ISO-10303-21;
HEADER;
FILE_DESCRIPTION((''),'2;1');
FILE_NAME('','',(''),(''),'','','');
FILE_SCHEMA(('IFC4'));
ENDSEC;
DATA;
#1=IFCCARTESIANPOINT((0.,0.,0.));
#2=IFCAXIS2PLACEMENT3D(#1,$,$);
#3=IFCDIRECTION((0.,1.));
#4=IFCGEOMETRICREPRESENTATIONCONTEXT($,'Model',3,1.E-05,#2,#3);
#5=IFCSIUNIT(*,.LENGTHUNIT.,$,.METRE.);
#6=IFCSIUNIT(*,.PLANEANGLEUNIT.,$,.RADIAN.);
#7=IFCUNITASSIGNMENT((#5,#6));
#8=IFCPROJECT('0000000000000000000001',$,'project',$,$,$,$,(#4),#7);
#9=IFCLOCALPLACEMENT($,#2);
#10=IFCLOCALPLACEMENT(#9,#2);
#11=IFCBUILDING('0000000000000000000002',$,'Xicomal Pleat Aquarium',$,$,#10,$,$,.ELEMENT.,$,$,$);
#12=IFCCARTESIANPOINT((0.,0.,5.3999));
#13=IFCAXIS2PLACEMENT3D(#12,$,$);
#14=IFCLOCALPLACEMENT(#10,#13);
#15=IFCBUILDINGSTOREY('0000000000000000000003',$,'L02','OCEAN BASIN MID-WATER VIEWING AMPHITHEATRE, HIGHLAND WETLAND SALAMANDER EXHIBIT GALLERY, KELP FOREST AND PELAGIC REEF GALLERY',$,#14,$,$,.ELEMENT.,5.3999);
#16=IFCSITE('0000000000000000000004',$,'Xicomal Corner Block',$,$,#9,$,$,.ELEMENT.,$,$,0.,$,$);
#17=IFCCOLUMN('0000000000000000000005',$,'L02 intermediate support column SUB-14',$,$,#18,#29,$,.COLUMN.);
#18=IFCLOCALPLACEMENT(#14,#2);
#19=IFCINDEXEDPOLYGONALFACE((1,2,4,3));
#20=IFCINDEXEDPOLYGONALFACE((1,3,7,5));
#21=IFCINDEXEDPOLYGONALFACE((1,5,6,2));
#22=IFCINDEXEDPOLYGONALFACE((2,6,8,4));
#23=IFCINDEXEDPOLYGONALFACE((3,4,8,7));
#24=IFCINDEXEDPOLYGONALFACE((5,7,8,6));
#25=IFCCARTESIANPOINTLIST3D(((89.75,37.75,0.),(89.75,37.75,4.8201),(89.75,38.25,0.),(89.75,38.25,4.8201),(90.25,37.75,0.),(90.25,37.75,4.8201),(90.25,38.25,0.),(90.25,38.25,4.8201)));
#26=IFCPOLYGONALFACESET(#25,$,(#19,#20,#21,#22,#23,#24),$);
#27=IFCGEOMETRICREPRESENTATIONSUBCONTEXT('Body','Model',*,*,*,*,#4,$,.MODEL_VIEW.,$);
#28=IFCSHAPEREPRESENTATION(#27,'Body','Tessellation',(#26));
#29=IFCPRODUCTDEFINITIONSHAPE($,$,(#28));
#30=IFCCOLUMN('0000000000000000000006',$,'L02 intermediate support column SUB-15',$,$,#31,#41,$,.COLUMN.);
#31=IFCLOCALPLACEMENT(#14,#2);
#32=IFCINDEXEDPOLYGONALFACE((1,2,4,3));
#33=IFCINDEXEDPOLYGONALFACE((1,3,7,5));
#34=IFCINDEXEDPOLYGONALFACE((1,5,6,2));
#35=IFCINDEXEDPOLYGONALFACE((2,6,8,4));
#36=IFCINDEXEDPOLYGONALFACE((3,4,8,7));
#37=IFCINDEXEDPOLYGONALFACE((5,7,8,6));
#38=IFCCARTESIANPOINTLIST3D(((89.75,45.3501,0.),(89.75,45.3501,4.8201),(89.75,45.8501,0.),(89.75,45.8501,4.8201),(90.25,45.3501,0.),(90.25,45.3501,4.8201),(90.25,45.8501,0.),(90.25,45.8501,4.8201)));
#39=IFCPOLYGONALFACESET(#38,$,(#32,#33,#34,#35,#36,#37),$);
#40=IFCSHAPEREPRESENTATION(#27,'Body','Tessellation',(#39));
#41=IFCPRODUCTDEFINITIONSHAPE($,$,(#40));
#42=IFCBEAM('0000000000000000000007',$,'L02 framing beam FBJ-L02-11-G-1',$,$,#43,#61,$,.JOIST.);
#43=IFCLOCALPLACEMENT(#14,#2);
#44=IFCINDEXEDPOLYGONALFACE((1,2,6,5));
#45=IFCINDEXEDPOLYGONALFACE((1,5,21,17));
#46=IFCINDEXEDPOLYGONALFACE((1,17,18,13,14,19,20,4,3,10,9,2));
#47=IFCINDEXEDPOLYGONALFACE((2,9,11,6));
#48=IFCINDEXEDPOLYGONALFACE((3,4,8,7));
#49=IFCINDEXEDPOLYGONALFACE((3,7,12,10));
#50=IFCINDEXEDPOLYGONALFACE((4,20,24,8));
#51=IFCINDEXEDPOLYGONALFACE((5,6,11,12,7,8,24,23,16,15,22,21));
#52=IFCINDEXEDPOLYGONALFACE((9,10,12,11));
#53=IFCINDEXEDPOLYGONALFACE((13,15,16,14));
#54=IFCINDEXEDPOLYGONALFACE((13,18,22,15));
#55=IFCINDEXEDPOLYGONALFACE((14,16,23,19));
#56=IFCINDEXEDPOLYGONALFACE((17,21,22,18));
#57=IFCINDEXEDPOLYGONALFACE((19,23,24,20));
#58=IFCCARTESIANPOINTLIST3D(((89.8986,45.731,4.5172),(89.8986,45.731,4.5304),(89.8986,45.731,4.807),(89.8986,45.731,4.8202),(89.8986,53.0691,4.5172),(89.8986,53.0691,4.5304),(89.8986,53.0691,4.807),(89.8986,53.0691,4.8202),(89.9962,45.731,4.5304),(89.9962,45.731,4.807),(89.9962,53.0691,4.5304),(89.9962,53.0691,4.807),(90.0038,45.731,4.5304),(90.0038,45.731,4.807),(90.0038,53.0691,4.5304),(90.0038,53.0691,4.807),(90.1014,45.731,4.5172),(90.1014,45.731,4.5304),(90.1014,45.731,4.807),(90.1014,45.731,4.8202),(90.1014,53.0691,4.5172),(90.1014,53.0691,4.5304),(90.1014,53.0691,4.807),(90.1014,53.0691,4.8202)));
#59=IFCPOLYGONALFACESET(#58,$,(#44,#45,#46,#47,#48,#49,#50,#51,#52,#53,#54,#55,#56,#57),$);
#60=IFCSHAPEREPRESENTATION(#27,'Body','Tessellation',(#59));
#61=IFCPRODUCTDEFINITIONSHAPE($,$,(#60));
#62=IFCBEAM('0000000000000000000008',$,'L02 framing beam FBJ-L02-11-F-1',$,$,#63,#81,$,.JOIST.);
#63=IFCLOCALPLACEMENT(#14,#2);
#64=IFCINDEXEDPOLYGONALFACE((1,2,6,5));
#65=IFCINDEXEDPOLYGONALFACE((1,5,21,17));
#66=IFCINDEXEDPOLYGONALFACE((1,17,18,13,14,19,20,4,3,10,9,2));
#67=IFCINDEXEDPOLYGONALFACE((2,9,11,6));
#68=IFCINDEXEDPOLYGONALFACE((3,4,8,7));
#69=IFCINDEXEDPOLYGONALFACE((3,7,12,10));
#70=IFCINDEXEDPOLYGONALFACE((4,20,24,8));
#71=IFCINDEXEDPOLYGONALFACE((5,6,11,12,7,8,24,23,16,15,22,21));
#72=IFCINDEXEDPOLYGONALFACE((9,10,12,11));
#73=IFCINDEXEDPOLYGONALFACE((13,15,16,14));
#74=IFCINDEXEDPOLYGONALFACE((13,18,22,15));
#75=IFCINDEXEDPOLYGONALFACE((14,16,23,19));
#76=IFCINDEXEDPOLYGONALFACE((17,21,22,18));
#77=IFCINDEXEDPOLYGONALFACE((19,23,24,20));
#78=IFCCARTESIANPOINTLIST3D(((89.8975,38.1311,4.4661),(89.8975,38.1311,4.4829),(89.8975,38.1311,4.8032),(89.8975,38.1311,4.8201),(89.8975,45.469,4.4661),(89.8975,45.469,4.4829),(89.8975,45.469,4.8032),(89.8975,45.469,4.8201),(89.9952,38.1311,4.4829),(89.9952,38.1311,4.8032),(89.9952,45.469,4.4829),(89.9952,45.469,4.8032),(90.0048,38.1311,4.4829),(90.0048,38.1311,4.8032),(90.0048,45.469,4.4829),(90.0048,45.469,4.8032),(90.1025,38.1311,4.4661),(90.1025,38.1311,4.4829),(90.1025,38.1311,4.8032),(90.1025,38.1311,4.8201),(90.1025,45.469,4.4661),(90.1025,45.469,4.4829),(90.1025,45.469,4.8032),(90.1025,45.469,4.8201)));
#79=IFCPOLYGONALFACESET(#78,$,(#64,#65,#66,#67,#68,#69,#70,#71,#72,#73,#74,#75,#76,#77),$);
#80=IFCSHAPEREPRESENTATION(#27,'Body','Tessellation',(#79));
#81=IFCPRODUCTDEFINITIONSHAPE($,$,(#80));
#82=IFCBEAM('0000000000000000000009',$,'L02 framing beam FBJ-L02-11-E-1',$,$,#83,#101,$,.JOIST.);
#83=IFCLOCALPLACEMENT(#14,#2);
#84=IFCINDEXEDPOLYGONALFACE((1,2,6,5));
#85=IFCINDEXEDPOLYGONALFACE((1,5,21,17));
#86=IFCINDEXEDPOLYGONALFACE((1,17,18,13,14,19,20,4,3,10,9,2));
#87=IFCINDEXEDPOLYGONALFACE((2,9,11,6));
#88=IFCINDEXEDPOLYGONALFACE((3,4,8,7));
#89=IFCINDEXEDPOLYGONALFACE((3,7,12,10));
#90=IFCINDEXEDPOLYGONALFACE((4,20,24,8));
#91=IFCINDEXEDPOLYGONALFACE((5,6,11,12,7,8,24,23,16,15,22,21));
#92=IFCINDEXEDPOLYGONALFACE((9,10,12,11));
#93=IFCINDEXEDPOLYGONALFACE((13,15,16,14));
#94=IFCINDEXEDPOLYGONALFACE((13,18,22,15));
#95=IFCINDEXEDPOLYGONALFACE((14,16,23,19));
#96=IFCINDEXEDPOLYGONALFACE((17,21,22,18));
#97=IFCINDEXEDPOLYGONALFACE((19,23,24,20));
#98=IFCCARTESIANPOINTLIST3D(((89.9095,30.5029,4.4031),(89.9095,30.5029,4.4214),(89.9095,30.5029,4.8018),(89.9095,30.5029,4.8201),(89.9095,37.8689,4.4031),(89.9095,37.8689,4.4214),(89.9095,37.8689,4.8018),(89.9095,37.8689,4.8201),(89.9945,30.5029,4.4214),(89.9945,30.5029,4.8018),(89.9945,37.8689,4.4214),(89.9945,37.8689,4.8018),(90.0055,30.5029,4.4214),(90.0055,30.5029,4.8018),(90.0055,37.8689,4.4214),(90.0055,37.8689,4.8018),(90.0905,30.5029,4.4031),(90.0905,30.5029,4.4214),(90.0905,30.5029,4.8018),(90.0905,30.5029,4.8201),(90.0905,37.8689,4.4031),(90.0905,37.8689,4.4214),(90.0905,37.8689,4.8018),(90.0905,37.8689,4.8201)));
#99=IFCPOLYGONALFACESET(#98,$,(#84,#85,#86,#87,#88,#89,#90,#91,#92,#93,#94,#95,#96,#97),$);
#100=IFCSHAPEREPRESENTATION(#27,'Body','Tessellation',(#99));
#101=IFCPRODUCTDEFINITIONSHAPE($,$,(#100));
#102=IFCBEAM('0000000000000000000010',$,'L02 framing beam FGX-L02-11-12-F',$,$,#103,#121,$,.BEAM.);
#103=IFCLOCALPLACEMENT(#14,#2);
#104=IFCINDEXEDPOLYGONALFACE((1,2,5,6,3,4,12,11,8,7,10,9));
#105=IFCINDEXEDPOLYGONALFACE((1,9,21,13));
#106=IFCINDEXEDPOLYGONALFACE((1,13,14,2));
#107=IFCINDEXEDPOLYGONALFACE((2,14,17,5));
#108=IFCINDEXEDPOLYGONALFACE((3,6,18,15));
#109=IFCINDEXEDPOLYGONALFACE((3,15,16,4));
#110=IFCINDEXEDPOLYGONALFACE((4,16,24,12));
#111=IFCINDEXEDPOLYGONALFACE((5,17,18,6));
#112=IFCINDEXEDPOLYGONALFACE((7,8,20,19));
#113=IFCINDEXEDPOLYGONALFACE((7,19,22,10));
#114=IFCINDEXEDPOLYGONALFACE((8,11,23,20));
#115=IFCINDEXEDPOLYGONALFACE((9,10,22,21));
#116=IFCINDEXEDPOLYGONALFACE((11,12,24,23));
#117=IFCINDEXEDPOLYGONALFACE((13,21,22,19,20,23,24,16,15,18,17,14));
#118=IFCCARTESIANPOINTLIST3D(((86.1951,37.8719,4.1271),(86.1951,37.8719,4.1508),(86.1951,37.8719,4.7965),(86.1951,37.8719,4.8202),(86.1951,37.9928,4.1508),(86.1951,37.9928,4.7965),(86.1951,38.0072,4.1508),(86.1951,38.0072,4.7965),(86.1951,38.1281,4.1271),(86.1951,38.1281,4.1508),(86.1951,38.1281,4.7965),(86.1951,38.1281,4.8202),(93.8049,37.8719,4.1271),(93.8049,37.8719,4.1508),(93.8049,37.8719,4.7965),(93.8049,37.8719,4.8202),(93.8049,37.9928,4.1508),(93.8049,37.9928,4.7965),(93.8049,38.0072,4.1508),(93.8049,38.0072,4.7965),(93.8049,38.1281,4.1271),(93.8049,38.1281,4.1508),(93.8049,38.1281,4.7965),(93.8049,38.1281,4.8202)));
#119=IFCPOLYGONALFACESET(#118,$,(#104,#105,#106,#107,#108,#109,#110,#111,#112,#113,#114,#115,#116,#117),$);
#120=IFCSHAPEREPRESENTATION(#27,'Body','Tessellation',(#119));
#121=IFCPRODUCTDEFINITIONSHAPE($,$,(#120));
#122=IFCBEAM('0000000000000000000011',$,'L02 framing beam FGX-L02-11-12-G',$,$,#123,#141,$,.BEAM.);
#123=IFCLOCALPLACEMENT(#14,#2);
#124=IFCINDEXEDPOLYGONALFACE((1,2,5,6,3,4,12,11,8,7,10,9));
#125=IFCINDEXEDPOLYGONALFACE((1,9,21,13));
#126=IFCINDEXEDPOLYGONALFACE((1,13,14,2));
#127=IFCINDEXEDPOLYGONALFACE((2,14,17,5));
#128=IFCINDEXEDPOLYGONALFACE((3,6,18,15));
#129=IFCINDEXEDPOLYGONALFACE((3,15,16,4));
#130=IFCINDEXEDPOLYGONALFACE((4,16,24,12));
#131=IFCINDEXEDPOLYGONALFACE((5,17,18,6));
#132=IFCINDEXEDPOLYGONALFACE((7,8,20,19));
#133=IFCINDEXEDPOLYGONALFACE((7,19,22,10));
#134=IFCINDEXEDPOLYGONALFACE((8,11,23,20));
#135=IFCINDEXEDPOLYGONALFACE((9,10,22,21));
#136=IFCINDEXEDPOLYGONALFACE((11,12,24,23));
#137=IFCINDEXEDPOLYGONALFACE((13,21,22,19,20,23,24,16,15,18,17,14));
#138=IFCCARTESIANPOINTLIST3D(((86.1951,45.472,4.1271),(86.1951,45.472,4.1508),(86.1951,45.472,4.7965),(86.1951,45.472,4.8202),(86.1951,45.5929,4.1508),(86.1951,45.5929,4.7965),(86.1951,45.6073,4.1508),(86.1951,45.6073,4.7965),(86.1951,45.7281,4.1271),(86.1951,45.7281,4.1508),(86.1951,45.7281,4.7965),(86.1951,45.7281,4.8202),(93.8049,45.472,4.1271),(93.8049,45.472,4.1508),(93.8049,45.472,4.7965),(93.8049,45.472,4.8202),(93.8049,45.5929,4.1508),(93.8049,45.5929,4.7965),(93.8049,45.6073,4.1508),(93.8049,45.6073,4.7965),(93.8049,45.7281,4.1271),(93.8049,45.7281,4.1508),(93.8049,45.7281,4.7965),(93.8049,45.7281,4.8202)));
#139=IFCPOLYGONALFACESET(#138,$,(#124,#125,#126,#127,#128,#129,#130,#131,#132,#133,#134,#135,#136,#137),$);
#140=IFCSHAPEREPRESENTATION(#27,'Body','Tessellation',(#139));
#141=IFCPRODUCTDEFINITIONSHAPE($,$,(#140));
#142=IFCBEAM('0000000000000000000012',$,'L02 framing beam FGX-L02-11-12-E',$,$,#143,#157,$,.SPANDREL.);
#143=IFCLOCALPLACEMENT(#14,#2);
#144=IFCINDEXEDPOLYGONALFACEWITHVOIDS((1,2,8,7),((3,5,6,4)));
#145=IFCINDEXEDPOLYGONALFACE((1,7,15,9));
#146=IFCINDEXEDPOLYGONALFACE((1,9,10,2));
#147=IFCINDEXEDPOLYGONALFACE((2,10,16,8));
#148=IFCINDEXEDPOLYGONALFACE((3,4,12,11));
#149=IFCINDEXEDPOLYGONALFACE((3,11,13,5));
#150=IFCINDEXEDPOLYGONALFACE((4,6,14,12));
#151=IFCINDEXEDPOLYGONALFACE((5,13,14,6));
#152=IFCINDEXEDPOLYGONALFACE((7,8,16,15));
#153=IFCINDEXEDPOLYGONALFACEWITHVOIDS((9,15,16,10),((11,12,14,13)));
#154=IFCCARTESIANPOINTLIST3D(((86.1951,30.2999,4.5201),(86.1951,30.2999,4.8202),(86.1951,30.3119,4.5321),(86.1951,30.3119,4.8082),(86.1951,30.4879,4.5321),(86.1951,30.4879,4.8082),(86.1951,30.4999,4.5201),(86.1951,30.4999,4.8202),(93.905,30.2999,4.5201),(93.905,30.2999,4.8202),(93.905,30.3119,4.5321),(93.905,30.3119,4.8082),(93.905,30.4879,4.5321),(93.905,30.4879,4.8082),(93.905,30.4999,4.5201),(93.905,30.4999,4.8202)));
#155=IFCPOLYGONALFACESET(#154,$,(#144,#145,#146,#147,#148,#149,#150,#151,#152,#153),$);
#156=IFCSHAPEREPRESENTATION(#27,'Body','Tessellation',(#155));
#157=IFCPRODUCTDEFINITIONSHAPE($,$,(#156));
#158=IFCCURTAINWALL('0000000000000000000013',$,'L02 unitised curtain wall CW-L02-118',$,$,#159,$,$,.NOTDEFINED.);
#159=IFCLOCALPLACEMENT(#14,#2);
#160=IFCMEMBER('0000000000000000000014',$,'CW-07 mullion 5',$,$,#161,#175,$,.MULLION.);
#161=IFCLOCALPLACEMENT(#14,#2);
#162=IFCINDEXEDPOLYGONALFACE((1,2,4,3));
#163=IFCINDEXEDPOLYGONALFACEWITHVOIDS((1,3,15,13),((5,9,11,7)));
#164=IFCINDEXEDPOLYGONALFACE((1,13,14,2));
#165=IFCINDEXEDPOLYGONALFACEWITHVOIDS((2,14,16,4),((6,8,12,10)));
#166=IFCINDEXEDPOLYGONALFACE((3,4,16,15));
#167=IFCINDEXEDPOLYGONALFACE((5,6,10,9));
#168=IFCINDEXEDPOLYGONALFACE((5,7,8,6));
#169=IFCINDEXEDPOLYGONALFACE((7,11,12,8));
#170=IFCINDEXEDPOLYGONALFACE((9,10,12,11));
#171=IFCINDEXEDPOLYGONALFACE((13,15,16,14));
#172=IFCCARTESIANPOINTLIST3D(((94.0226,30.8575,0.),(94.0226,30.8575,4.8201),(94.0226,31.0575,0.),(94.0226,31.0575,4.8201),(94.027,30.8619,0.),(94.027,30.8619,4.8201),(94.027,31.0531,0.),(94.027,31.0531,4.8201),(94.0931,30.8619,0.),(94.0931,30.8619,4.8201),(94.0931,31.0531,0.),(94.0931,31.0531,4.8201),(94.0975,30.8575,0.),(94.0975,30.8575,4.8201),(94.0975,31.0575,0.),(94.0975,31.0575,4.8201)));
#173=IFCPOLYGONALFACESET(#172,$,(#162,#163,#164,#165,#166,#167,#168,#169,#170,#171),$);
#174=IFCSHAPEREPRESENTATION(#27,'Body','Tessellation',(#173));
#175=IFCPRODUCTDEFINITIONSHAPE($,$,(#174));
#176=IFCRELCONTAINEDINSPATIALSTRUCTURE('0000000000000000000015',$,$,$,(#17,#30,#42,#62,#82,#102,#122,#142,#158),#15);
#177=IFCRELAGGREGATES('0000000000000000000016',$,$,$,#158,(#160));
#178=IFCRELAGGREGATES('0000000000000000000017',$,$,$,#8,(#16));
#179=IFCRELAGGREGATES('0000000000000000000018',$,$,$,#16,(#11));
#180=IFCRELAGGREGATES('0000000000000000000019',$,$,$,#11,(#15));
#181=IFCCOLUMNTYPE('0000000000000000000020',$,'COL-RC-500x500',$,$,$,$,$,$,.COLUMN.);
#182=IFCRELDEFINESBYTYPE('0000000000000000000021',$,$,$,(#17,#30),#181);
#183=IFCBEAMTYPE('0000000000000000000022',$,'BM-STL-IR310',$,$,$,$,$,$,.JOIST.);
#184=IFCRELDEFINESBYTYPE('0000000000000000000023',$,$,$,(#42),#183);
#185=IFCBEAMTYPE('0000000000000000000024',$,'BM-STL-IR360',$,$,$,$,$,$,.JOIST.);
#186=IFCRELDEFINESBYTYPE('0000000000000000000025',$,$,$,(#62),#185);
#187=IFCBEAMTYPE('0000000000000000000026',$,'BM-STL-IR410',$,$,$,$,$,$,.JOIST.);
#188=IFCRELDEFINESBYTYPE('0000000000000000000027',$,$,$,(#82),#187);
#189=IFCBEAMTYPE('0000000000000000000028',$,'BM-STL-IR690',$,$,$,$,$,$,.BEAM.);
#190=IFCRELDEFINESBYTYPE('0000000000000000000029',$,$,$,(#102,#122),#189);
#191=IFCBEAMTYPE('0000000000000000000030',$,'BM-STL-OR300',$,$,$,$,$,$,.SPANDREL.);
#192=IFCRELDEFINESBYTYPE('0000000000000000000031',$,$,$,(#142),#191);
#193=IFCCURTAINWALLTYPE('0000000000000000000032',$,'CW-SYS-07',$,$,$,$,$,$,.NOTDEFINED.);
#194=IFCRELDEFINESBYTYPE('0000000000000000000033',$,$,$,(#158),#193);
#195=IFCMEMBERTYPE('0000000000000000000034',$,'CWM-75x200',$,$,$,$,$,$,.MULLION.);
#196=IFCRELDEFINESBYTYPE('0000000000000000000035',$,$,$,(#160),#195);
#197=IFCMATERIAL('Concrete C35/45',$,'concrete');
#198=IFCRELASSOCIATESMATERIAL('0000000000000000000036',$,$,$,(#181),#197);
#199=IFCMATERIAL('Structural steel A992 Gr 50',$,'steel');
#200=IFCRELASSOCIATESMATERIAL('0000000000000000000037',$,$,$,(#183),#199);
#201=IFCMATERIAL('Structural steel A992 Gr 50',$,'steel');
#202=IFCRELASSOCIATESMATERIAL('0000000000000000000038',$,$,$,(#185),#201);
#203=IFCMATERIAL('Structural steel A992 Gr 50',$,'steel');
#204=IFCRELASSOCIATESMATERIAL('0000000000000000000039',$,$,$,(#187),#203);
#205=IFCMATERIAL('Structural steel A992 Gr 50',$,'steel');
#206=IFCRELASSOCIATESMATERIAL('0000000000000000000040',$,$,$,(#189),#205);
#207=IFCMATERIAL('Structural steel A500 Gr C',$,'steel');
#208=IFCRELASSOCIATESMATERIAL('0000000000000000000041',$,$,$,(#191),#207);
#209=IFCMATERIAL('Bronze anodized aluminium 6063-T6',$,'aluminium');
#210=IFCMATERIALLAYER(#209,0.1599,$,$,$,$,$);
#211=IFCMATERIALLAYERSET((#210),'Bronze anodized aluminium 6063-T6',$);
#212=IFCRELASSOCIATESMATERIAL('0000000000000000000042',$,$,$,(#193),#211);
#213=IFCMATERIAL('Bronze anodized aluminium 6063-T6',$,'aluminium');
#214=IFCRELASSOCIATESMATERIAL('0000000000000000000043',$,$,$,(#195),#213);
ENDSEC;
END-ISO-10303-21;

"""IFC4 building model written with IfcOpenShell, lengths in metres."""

from ifc_helpers import new_model, si_unit, direction, frame, origin, origin_2d, place, context, subcontext, project, spatial, rectangle, hollow_rectangle, i_section, extrude, material, layer, layer_set, material_profile, profile_set, type_object, element, aggregate, save


model = new_model("IFC4")

# Units and contexts
model_context = context("Model", 3, precision=1e-05, world=origin(), true_north=direction((0.0, 1.0)))
body_context = subcontext(model_context, "Body", "Model", "MODEL_VIEW")
ifc_project = project(units=[si_unit("LENGTHUNIT", "METRE"), si_unit("PLANEANGLEUNIT", "RADIAN")], contexts=[model_context])

# Site, building, storey
site_placement = place(None, origin())
site = spatial("IfcSite", under=ifc_project, at=site_placement, Name="Xicomal Corner Block", CompositionType="ELEMENT", RefElevation=0.0)
building_placement = place(site_placement, origin())
building = spatial("IfcBuilding", under=site, at=building_placement, Name="Xicomal Pleat Aquarium", CompositionType="ELEMENT")
storey_placement = place(building_placement, frame((0.0, 0.0, 5.3999)))
storey = spatial("IfcBuildingStorey", under=building, at=storey_placement, Name="L02", Description="OCEAN BASIN MID-WATER VIEWING AMPHITHEATRE, HIGHLAND WETLAND SALAMANDER EXHIBIT GALLERY, KELP FOREST AND PELAGIC REEF GALLERY", CompositionType="ELEMENT", Elevation=5.3999)

# Columns
ifc_material_1 = material(Name="Concrete C35/45", Category="concrete")
ifc_material_profile_1 = material_profile(ifc_material_1, rectangle(XDim=0.5, YDim=0.5, at=origin_2d()), Name="RC 500x500")
ifc_profile_set_1 = profile_set([ifc_material_profile_1], Name="Concrete C35/45")
column_type = type_object("IfcColumnType", Name="COL-RC-500x500", PredefinedType="COLUMN", material=ifc_profile_set_1)
for number, where, z_axis, x_axis, name in (
    (1, (90.0, 38.0, 0.0), (0.0, 0.0, 1.0), (1.0, 0.0, 0.0), "L02 intermediate support column SUB-14"),
    (2, (90.0, 45.6001, 0.0), (0.0, 0.0, 1.0), (1.0, 0.0, 0.0), "L02 intermediate support column SUB-15"),
):
    element("IfcColumn", number, at=place(storey_placement, frame(where, z_axis=z_axis, x_axis=x_axis)), inside=storey, type_object=column_type, Name=name, PredefinedType="COLUMN", context=body_context, shape_type="SweptSolid", body=[
        extrude(rectangle(XDim=0.5, YDim=0.5, at=origin_2d()), origin(), (0.0, 0.0, 1.0), 4.8201),
    ])

# Beams
ifc_material_2 = material(Name="Structural steel A992 Gr 50", Category="steel")
ifc_material_profile_2 = material_profile(ifc_material_2, i_section(OverallWidth=0.2029, OverallDepth=0.303, WebThickness=0.0076, FlangeThickness=0.0132, at=origin_2d()), Name="IR 310x60")
ifc_profile_set_2 = profile_set([ifc_material_profile_2], Name="Structural steel A992 Gr 50")
beam_type_1 = type_object("IfcBeamType", Name="BM-STL-IR310", PredefinedType="JOIST", material=ifc_profile_set_2)
beam_1_placement = place(storey_placement, frame((90.0, 45.731, 4.6687), z_axis=(0.0, 1.0, 0.0), x_axis=(-1.0, 0.0, 0.0)))
element("IfcBeam", 3, at=beam_1_placement, inside=storey, type_object=beam_type_1, Name="L02 framing beam FBJ-L02-11-G-1", PredefinedType="JOIST", context=body_context, shape_type="SweptSolid", body=[
    extrude(i_section(OverallWidth=0.2029, OverallDepth=0.303, WebThickness=0.0076, FlangeThickness=0.0132, at=origin_2d()), origin(), (0.0, 0.0, 1.0), 7.3381),
])
ifc_material_3 = material(Name="Structural steel A992 Gr 50", Category="steel")
ifc_material_profile_3 = material_profile(ifc_material_3, i_section(OverallWidth=0.2051, OverallDepth=0.354, WebThickness=0.0095, FlangeThickness=0.0168, at=origin_2d()), Name="IR 360x79")
ifc_profile_set_3 = profile_set([ifc_material_profile_3], Name="Structural steel A992 Gr 50")
beam_type_2 = type_object("IfcBeamType", Name="BM-STL-IR360", PredefinedType="JOIST", material=ifc_profile_set_3)
beam_2_placement = place(storey_placement, frame((90.0, 38.1311, 4.6431), z_axis=(0.0, 1.0, 0.0), x_axis=(-1.0, 0.0, 0.0)))
element("IfcBeam", 4, at=beam_2_placement, inside=storey, type_object=beam_type_2, Name="L02 framing beam FBJ-L02-11-F-1", PredefinedType="JOIST", context=body_context, shape_type="SweptSolid", body=[
    extrude(i_section(OverallWidth=0.2051, OverallDepth=0.354, WebThickness=0.0095, FlangeThickness=0.0168, at=origin_2d()), origin(), (0.0, 0.0, 1.0), 7.3379),
])
ifc_material_4 = material(Name="Structural steel A992 Gr 50", Category="steel")
ifc_material_profile_4 = material_profile(ifc_material_4, i_section(OverallWidth=0.1809, OverallDepth=0.417, WebThickness=0.011, FlangeThickness=0.0183, at=origin_2d()), Name="IR 410x85")
ifc_profile_set_4 = profile_set([ifc_material_profile_4], Name="Structural steel A992 Gr 50")
beam_type_3 = type_object("IfcBeamType", Name="BM-STL-IR410", PredefinedType="JOIST", material=ifc_profile_set_4)
beam_3_placement = place(storey_placement, frame((90.0, 30.5029, 4.6116), z_axis=(0.0, 1.0, 0.0), x_axis=(-1.0, 0.0, 0.0)))
element("IfcBeam", 5, at=beam_3_placement, inside=storey, type_object=beam_type_3, Name="L02 framing beam FBJ-L02-11-E-1", PredefinedType="JOIST", context=body_context, shape_type="SweptSolid", body=[
    extrude(i_section(OverallWidth=0.1809, OverallDepth=0.417, WebThickness=0.011, FlangeThickness=0.0183, at=origin_2d()), origin(), (0.0, 0.0, 1.0), 7.366),
])
ifc_material_5 = material(Name="Structural steel A992 Gr 50", Category="steel")
ifc_material_profile_5 = material_profile(ifc_material_5, i_section(OverallWidth=0.2561, OverallDepth=0.6931, WebThickness=0.0144, FlangeThickness=0.0237, at=origin_2d()), Name="IR 690x170")
ifc_profile_set_5 = profile_set([ifc_material_profile_5], Name="Structural steel A992 Gr 50")
beam_type_4 = type_object("IfcBeamType", Name="BM-STL-IR690", PredefinedType="BEAM", material=ifc_profile_set_5)
for number, where, z_axis, x_axis, name in (
    (6, (86.1951, 38.0, 4.4736), (1.0, 0.0, 0.0), (0.0, 1.0, 0.0), "L02 framing beam FGX-L02-11-12-F"),
    (7, (86.1951, 45.6001, 4.4736), (1.0, 0.0, 0.0), (0.0, 1.0, 0.0), "L02 framing beam FGX-L02-11-12-G"),
):
    element("IfcBeam", number, at=place(storey_placement, frame(where, z_axis=z_axis, x_axis=x_axis)), inside=storey, type_object=beam_type_4, Name=name, PredefinedType="BEAM", context=body_context, shape_type="SweptSolid", body=[
        extrude(i_section(OverallWidth=0.2561, OverallDepth=0.6931, WebThickness=0.0144, FlangeThickness=0.0237, at=origin_2d()), origin(), (0.0, 0.0, 1.0), 7.6099),
    ])
ifc_material_6 = material(Name="Structural steel A500 Gr C", Category="steel")
ifc_material_profile_6 = material_profile(ifc_material_6, hollow_rectangle(XDim=0.2, YDim=0.3, WallThickness=0.012, at=origin_2d()), Name="OR 300x200x12")
ifc_profile_set_6 = profile_set([ifc_material_profile_6], Name="Structural steel A500 Gr C")
beam_type_5 = type_object("IfcBeamType", Name="BM-STL-OR300", PredefinedType="SPANDREL", material=ifc_profile_set_6)
beam_4_placement = place(storey_placement, frame((86.1951, 30.3999, 4.6702), z_axis=(1.0, 0.0, 0.0), x_axis=(0.0, 1.0, 0.0)))
element("IfcBeam", 8, at=beam_4_placement, inside=storey, type_object=beam_type_5, Name="L02 framing beam FGX-L02-11-12-E", PredefinedType="SPANDREL", context=body_context, shape_type="SweptSolid", body=[
    extrude(hollow_rectangle(XDim=0.2, YDim=0.3, WallThickness=0.012, at=origin_2d()), origin(), (0.0, 0.0, 1.0), 7.71),
])

# Curtain wall, member
ifc_material_7 = material(Name="Bronze anodized aluminium 6063-T6", Category="aluminium")
ifc_layer_1 = layer(ifc_material_7, 0.1599)
ifc_layer_set_1 = layer_set([ifc_layer_1], Name="Bronze anodized aluminium 6063-T6")
curtain_wall_type_1 = type_object("IfcCurtainWallType", Name="CW-SYS-07", PredefinedType="NOTDEFINED", material=ifc_layer_set_1)
curtain_wall_1_placement = place(storey_placement, origin())
curtain_wall_1 = element("IfcCurtainWall", 9, at=curtain_wall_1_placement, inside=storey, type_object=curtain_wall_type_1, Name="L02 unitised curtain wall CW-L02-118", PredefinedType="NOTDEFINED")
ifc_material_8 = material(Name="Bronze anodized aluminium 6063-T6", Category="aluminium")
ifc_material_profile_7 = material_profile(ifc_material_8, hollow_rectangle(XDim=0.075, YDim=0.2, WallThickness=0.0044, at=origin_2d()), Name="ALU MULL 75x200")
ifc_profile_set_7 = profile_set([ifc_material_profile_7], Name="Bronze anodized aluminium 6063-T6")
member_type_1 = type_object("IfcMemberType", Name="CWM-75x200", PredefinedType="MULLION", material=ifc_profile_set_7)
member_1_placement = place(storey_placement, frame((94.0601, 30.9575, 0.0), z_axis=(0.0, 0.0, 1.0), x_axis=(1.0, 0.0, 0.0)))
member_1 = element("IfcMember", 10, at=member_1_placement, type_object=member_type_1, Name="CW-07 mullion 5", PredefinedType="MULLION", context=body_context, shape_type="SweptSolid", body=[
    extrude(hollow_rectangle(XDim=0.075, YDim=0.2, WallThickness=0.0044, at=origin_2d()), origin(), (0.0, 0.0, 1.0), 4.8201),
])

aggregate(curtain_wall_1, [member_1])

save(model, "model.ifc")
